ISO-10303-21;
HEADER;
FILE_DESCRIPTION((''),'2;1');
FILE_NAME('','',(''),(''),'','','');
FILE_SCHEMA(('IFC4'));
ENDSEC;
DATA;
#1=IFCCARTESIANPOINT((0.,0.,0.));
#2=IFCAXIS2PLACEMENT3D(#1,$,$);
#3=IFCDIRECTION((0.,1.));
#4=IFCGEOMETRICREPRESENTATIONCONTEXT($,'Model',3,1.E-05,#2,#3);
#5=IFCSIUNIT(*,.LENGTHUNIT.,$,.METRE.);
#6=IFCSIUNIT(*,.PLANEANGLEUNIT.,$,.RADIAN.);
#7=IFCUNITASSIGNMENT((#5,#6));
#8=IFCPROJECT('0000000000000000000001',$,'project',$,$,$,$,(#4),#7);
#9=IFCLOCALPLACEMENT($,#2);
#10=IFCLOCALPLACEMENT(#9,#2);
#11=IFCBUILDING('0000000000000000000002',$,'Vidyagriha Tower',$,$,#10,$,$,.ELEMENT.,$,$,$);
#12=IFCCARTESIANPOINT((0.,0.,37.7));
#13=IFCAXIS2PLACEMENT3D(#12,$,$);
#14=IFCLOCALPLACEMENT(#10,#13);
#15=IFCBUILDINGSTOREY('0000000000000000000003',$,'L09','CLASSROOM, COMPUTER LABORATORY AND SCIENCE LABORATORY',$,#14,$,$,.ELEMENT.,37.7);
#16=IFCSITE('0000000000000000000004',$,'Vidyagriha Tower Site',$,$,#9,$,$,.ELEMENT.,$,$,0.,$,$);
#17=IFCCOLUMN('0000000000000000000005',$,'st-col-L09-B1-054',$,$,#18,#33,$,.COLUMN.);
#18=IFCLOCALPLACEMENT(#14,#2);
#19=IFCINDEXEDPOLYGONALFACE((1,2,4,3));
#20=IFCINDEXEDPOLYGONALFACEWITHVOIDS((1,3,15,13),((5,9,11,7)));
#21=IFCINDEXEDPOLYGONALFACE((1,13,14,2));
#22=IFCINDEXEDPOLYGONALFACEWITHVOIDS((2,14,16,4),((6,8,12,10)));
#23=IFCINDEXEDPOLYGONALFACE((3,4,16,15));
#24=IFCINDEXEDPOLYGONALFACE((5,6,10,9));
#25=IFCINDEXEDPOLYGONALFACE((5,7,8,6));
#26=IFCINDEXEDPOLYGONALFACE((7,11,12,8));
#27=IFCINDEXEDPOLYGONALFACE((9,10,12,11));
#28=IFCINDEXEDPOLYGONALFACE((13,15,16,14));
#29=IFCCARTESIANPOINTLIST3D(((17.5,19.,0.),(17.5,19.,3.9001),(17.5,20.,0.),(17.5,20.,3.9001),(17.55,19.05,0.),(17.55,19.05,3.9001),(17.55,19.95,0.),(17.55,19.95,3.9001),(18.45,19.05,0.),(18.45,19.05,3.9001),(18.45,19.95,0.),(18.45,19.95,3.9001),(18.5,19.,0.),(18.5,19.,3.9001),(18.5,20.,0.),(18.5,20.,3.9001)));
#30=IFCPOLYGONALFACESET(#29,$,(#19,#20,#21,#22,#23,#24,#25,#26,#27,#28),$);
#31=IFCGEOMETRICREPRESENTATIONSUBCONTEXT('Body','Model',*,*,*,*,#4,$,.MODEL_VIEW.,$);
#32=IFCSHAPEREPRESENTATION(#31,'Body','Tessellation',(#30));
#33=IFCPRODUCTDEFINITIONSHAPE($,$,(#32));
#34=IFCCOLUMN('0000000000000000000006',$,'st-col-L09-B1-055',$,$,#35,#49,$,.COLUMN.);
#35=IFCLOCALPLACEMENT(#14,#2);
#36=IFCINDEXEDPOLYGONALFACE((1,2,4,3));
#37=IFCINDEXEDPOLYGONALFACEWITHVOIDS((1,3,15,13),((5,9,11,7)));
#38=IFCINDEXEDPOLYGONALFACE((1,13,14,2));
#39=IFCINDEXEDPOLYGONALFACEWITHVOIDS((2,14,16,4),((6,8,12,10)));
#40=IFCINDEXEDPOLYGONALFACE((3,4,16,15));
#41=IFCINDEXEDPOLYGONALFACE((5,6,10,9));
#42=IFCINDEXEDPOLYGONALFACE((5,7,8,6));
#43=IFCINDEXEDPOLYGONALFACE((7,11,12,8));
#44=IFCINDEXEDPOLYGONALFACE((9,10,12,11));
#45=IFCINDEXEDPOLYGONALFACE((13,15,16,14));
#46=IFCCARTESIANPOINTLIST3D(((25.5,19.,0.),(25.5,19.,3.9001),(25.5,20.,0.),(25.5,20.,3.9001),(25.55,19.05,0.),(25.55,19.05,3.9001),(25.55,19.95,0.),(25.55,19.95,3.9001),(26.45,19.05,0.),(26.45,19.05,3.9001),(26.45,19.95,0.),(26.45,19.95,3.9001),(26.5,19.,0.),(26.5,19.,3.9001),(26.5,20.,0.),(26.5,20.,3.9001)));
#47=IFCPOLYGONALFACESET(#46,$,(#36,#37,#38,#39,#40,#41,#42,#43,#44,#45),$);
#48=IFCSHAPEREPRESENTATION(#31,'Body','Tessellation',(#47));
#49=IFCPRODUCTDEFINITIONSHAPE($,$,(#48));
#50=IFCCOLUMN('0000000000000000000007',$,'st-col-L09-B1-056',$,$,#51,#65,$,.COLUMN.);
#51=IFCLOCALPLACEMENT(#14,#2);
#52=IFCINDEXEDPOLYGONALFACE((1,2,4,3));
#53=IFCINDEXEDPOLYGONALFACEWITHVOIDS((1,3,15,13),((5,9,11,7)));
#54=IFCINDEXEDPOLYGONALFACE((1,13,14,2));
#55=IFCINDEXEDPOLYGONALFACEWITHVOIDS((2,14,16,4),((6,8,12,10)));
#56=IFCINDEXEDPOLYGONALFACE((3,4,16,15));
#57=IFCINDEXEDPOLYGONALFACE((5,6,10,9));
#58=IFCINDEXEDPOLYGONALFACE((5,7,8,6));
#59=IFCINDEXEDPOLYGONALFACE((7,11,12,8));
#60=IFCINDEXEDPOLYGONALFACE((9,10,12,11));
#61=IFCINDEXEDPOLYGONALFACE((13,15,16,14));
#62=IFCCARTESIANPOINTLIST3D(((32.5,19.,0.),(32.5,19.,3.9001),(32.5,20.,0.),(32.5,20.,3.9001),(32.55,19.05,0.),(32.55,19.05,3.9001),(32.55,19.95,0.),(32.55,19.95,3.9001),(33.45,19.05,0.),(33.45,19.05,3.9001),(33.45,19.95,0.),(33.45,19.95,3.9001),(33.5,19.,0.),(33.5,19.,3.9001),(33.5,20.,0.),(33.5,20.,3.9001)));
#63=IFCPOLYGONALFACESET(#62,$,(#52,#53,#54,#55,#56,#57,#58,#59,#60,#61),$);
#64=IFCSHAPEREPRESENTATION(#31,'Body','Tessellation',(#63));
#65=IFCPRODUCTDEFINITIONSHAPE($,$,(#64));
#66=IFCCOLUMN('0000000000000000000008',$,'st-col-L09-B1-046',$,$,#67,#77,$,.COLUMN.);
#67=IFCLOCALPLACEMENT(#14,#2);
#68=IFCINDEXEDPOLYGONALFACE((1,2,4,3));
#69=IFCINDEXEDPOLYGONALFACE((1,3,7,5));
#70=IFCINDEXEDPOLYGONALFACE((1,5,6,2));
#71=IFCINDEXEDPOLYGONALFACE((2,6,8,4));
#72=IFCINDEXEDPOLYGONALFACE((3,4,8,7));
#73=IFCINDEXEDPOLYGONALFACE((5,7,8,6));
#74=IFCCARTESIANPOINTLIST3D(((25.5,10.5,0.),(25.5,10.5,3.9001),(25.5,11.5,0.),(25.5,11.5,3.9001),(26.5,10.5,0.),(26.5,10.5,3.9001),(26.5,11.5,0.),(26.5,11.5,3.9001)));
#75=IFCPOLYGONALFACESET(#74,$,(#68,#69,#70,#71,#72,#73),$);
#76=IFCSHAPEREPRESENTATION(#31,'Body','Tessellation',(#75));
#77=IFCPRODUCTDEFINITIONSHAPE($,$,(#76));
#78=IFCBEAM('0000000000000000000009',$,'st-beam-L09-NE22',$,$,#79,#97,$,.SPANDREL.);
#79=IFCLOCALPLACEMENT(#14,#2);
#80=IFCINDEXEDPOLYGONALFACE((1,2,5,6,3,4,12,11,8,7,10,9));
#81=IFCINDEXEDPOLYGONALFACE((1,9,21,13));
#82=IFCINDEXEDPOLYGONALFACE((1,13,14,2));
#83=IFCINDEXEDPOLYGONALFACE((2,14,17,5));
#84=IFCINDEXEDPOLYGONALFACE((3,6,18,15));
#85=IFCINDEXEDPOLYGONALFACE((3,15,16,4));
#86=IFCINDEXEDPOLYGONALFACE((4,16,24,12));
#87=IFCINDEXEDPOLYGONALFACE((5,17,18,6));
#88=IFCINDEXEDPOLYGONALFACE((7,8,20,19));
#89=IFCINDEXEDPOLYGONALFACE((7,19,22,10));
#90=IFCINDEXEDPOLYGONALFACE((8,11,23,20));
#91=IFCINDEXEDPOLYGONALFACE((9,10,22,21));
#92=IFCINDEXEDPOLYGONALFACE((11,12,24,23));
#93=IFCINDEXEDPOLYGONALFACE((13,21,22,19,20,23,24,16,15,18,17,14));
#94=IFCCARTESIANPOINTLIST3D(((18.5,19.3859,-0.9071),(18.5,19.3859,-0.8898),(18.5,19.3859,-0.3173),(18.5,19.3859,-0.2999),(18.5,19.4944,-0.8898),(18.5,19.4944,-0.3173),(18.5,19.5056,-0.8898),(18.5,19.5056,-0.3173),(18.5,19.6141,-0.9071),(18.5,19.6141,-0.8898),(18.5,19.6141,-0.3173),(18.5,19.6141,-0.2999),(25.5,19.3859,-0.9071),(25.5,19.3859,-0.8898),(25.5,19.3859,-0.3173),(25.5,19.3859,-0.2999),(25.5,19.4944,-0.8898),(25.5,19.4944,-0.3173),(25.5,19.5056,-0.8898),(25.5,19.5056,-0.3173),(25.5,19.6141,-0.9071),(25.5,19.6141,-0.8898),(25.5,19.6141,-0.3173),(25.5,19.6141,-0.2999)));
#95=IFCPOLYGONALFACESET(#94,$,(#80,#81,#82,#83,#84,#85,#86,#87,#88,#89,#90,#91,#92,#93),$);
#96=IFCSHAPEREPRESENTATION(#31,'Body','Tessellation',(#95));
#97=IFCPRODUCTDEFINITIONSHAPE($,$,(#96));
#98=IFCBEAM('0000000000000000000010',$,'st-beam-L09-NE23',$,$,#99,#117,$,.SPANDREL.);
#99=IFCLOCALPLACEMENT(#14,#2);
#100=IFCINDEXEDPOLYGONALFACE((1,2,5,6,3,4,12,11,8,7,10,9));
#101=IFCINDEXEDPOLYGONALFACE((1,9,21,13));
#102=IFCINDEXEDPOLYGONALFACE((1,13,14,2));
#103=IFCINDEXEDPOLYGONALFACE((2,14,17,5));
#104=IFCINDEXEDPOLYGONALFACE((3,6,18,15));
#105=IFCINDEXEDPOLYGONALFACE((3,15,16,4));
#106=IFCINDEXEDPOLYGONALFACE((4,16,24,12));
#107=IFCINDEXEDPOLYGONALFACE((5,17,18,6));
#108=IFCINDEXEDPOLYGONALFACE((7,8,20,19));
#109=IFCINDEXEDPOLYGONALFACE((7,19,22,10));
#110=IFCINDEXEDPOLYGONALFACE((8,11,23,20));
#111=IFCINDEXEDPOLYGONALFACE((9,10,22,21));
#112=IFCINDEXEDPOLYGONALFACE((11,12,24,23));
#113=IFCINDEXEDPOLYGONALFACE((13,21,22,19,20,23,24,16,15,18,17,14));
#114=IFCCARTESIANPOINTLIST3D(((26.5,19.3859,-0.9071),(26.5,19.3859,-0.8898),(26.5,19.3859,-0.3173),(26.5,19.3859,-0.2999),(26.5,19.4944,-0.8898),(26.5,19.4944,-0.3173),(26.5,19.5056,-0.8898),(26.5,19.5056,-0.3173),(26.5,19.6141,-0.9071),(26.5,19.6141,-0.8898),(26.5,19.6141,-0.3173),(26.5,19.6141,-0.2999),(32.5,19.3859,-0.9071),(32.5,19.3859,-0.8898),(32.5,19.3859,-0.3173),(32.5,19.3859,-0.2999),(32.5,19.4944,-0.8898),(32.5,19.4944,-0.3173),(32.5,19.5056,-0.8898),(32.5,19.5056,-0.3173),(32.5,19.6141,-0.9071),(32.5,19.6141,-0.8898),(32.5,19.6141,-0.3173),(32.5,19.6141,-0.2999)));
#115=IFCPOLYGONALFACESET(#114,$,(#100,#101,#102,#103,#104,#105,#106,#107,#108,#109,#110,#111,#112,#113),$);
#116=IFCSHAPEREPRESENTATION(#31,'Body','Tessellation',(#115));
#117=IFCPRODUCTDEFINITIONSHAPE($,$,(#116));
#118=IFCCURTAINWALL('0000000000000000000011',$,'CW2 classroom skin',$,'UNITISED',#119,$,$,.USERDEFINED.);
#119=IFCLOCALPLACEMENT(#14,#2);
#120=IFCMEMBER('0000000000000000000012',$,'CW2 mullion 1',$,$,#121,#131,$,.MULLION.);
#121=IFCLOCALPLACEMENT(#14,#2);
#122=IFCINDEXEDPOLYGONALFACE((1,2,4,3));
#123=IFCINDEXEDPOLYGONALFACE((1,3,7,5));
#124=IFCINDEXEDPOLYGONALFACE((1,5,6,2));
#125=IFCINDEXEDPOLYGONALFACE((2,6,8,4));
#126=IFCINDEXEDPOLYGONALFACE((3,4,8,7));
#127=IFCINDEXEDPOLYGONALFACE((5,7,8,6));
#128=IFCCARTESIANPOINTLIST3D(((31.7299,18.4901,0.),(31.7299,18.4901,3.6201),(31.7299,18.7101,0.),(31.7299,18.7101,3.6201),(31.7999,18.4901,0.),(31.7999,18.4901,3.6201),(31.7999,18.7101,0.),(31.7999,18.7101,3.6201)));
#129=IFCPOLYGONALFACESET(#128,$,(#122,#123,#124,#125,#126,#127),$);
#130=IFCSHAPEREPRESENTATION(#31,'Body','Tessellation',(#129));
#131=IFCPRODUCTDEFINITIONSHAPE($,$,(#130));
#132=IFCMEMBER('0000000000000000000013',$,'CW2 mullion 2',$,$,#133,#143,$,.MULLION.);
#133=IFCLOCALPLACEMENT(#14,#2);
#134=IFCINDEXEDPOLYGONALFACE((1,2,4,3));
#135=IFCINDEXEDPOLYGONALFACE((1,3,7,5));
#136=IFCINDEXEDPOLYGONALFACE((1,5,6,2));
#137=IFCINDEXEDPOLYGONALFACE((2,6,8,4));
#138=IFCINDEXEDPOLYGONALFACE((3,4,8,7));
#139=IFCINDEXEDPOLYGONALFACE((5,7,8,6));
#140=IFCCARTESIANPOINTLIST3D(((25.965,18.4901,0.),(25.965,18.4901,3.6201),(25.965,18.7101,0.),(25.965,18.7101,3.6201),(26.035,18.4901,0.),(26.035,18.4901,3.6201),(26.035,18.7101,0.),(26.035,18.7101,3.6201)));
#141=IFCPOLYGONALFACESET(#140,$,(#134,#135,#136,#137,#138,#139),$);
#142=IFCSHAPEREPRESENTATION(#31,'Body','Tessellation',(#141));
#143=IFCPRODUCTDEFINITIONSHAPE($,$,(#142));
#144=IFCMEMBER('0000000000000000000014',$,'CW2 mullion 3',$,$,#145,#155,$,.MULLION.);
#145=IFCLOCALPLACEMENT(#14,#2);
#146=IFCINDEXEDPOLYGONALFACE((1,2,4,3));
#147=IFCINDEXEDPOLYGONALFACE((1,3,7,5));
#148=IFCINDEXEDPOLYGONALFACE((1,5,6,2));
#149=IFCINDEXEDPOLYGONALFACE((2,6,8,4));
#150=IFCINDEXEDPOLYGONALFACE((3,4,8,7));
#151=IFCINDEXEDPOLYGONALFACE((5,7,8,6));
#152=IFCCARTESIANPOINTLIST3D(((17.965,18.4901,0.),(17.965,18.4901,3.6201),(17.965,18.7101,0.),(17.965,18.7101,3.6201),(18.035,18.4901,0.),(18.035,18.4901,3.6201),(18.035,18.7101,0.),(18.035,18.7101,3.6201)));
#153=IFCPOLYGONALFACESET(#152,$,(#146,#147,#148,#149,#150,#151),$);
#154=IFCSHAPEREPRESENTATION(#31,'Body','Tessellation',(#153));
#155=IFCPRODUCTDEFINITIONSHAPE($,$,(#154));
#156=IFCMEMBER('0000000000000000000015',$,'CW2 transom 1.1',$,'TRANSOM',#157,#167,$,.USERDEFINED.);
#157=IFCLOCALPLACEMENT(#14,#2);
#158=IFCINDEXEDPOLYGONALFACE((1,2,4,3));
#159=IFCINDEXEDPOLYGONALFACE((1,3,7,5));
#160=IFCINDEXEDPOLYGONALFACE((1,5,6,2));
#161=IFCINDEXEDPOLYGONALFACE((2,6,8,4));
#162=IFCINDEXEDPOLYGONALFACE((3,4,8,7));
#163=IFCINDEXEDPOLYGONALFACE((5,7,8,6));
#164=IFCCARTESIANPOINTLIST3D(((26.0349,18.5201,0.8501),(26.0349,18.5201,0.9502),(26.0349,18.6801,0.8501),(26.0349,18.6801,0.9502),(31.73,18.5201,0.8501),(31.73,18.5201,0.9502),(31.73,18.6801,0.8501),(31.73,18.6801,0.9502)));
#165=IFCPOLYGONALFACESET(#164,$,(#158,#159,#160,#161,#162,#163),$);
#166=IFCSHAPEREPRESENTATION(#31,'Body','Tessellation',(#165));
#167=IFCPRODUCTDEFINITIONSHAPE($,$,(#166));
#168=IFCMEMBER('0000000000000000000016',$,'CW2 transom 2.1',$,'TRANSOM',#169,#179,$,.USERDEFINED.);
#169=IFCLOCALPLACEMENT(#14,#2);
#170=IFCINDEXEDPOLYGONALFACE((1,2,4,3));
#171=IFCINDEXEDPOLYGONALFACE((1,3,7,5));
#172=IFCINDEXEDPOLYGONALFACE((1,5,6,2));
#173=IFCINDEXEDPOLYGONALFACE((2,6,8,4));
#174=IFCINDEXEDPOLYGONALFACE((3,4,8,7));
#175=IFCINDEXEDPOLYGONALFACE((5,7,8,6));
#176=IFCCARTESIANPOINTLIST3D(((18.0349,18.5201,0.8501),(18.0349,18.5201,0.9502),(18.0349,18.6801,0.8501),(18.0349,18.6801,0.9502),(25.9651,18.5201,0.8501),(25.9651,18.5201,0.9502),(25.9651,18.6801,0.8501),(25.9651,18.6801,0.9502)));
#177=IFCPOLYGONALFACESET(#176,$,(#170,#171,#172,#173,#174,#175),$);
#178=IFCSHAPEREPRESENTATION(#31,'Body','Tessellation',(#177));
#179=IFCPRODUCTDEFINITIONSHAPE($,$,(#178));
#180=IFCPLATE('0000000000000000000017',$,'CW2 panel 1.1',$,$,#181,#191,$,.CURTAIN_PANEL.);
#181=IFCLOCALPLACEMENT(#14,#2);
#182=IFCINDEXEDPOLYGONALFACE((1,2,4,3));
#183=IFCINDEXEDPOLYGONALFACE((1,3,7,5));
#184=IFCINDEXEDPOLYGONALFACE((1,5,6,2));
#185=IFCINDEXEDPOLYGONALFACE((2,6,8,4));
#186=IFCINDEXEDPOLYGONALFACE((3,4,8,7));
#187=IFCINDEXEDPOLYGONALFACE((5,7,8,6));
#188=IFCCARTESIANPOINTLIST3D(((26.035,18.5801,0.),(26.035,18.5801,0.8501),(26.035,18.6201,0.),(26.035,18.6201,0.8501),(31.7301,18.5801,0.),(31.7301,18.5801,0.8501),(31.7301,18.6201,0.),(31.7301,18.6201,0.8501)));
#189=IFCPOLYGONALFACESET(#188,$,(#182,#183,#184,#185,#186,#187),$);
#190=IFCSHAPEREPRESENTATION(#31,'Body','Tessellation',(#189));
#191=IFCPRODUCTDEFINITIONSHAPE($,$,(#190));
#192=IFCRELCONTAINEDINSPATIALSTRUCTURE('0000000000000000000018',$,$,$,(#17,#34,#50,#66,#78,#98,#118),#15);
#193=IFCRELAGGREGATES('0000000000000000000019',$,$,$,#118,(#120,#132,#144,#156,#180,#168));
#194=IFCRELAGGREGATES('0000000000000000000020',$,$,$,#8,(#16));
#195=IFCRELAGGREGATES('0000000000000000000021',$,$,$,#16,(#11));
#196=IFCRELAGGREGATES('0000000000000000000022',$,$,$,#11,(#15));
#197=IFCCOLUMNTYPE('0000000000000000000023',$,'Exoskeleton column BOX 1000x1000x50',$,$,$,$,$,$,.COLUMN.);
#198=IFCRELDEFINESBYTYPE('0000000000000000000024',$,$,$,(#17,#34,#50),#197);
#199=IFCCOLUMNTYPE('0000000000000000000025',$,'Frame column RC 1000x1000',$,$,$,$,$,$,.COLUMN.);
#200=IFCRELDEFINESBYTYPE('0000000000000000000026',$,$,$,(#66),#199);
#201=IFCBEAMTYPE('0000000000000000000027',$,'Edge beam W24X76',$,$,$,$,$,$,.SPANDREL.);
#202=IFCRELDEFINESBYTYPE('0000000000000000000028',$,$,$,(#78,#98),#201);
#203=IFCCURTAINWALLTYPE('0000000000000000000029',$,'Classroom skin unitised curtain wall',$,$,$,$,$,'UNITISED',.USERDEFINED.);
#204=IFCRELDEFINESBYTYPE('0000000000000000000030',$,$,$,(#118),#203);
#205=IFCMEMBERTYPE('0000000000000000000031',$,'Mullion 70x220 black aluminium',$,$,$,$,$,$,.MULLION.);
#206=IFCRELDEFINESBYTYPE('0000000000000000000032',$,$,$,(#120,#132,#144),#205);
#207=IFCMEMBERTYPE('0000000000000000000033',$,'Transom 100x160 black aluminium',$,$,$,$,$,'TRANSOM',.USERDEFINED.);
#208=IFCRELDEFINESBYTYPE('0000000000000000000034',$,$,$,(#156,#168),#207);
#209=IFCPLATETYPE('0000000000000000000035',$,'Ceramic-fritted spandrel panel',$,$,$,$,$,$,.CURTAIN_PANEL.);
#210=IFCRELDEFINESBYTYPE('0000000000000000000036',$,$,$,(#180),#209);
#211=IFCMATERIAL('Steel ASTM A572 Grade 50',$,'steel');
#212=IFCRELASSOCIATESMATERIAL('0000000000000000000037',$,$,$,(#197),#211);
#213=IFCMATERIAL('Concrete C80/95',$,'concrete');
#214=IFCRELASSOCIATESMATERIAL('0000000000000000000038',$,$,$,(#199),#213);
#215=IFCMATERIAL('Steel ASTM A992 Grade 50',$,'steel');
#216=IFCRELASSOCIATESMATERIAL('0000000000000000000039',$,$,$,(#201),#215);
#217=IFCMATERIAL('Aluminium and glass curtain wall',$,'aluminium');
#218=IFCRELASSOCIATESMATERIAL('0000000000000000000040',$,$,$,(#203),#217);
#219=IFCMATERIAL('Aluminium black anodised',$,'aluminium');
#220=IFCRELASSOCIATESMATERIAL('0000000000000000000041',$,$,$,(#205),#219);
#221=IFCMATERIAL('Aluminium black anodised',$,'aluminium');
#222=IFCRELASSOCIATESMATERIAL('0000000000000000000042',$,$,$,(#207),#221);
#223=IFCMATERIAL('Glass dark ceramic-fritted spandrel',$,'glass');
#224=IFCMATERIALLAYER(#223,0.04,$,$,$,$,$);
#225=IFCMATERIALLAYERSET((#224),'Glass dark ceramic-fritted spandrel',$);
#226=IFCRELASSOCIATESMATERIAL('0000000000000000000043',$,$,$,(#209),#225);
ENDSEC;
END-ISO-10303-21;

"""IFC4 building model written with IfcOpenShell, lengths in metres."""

from ifc_helpers import new_model, si_unit, direction, frame, origin, origin_2d, place, context, subcontext, project, spatial, rectangle, hollow_rectangle, i_section, extrude, material, layer, layer_set, material_profile, profile_set, type_object, element, aggregate, save


model = new_model("IFC4")

# Units and contexts
model_context = context("Model", 3, precision=1e-05, world=origin(), true_north=direction((0.0, 1.0)))
body_context = subcontext(model_context, "Body", "Model", "MODEL_VIEW")
ifc_project = project(units=[si_unit("LENGTHUNIT", "METRE"), si_unit("PLANEANGLEUNIT", "RADIAN")], contexts=[model_context])

# Site, building, storey
site_placement = place(None, origin())
site = spatial("IfcSite", under=ifc_project, at=site_placement, Name="Vidyagriha Tower Site", CompositionType="ELEMENT", RefElevation=0.0)
building_placement = place(site_placement, origin())
building = spatial("IfcBuilding", under=site, at=building_placement, Name="Vidyagriha Tower", CompositionType="ELEMENT")
storey_placement = place(building_placement, frame((0.0, 0.0, 37.7)))
storey = spatial("IfcBuildingStorey", under=building, at=storey_placement, Name="L09", Description="CLASSROOM, COMPUTER LABORATORY AND SCIENCE LABORATORY", CompositionType="ELEMENT", Elevation=37.7)

# Columns
ifc_material_1 = material(Name="Steel ASTM A572 Grade 50", Category="steel")
ifc_material_profile_1 = material_profile(ifc_material_1, hollow_rectangle(XDim=1.0, YDim=1.0, WallThickness=0.05, at=origin_2d()), Name="BOX 1000x1000x50")
ifc_profile_set_1 = profile_set([ifc_material_profile_1], Name="Steel ASTM A572 Grade 50")
column_type_1 = type_object("IfcColumnType", Name="Exoskeleton column BOX 1000x1000x50", PredefinedType="COLUMN", material=ifc_profile_set_1)
for number, where, name in (
    (1, (18.0, 19.5, 0.0), "st-col-L09-B1-054"),
    (2, (26.0, 19.5, 0.0), "st-col-L09-B1-055"),
    (3, (33.0, 19.5, 0.0), "st-col-L09-B1-056"),
):
    element("IfcColumn", number, at=place(storey_placement, frame(where)), inside=storey, type_object=column_type_1, Name=name, PredefinedType="COLUMN", context=body_context, shape_type="SweptSolid", body=[
        extrude(hollow_rectangle(XDim=1.0, YDim=1.0, WallThickness=0.05, at=origin_2d()), origin(), (0.0, 0.0, 1.0), 3.9001),
    ])
ifc_material_2 = material(Name="Concrete C80/95", Category="concrete")
ifc_material_profile_2 = material_profile(ifc_material_2, rectangle(XDim=1.0, YDim=1.0, at=origin_2d()), Name="RC 1000x1000")
ifc_profile_set_2 = profile_set([ifc_material_profile_2], Name="Concrete C80/95")
column_type_2 = type_object("IfcColumnType", Name="Frame column RC 1000x1000", PredefinedType="COLUMN", material=ifc_profile_set_2)
column_placement = place(storey_placement, frame((26.0, 11.0, 0.0)))
element("IfcColumn", 4, at=column_placement, inside=storey, type_object=column_type_2, Name="st-col-L09-B1-046", PredefinedType="COLUMN", context=body_context, shape_type="SweptSolid", body=[
    extrude(rectangle(XDim=1.0, YDim=1.0, at=origin_2d()), origin(), (0.0, 0.0, 1.0), 3.9001),
])

# Beams
ifc_material_3 = material(Name="Steel ASTM A992 Grade 50", Category="steel")
ifc_material_profile_3 = material_profile(ifc_material_3, i_section(OverallWidth=0.2283, OverallDepth=0.6072, WebThickness=0.0112, FlangeThickness=0.0173, at=origin_2d()), Name="W24X76")
ifc_profile_set_3 = profile_set([ifc_material_profile_3], Name="Steel ASTM A992 Grade 50")
beam_type = type_object("IfcBeamType", Name="Edge beam W24X76", PredefinedType="SPANDREL", material=ifc_profile_set_3)
beam_1_placement = place(storey_placement, frame((18.5, 19.5, -0.6035), z_axis=(1.0, 0.0, 0.0), x_axis=(0.0, 1.0, 0.0)))
element("IfcBeam", 5, at=beam_1_placement, inside=storey, type_object=beam_type, Name="st-beam-L09-NE22", PredefinedType="SPANDREL", context=body_context, shape_type="SweptSolid", body=[
    extrude(i_section(OverallWidth=0.2283, OverallDepth=0.6072, WebThickness=0.0112, FlangeThickness=0.0173, at=origin_2d()), origin(), (0.0, 0.0, 1.0), 7.0),
])
beam_2_placement = place(storey_placement, frame((26.5, 19.5, -0.6035), z_axis=(1.0, 0.0, 0.0), x_axis=(0.0, 1.0, 0.0)))
element("IfcBeam", 6, at=beam_2_placement, inside=storey, type_object=beam_type, Name="st-beam-L09-NE23", PredefinedType="SPANDREL", context=body_context, shape_type="SweptSolid", body=[
    extrude(i_section(OverallWidth=0.2283, OverallDepth=0.6072, WebThickness=0.0112, FlangeThickness=0.0173, at=origin_2d()), origin(), (0.0, 0.0, 1.0), 6.0),
])

# Curtain wall, members, plate
ifc_material_4 = material(Name="Aluminium and glass curtain wall", Category="aluminium")
curtain_wall_type = type_object("IfcCurtainWallType", Name="Classroom skin unitised curtain wall", ElementType="UNITISED", PredefinedType="USERDEFINED", material=ifc_material_4)
curtain_wall_placement = place(storey_placement, origin())
curtain_wall = element("IfcCurtainWall", 7, at=curtain_wall_placement, inside=storey, type_object=curtain_wall_type, Name="CW2 classroom skin", ObjectType="UNITISED", PredefinedType="USERDEFINED")
ifc_material_5 = material(Name="Aluminium black anodised", Category="aluminium")
ifc_material_profile_4 = material_profile(ifc_material_5, rectangle(XDim=0.22, YDim=0.0701, at=origin_2d()), Name="Mullion 70x220 black aluminium")
ifc_profile_set_4 = profile_set([ifc_material_profile_4], Name="Aluminium black anodised")
member_type_1 = type_object("IfcMemberType", Name="Mullion 70x220 black aluminium", PredefinedType="MULLION", material=ifc_profile_set_4)
member_1_placement = place(storey_placement, frame((31.7649, 18.6001, 0.0), z_axis=(0.0, 0.0, 1.0), x_axis=(0.0, -1.0, 0.0)))
member_1 = element("IfcMember", 8, at=member_1_placement, type_object=member_type_1, Name="CW2 mullion 1", PredefinedType="MULLION", context=body_context, shape_type="SweptSolid", body=[
    extrude(rectangle(XDim=0.22, YDim=0.0701, at=origin_2d()), origin(), (0.0, 0.0, 1.0), 3.6201),
])
member_2_placement = place(storey_placement, frame((26.0, 18.6001, 0.0), z_axis=(0.0, 0.0, 1.0), x_axis=(0.0, -1.0, 0.0)))
member_2 = element("IfcMember", 9, at=member_2_placement, type_object=member_type_1, Name="CW2 mullion 2", PredefinedType="MULLION", context=body_context, shape_type="SweptSolid", body=[
    extrude(rectangle(XDim=0.22, YDim=0.0701, at=origin_2d()), origin(), (0.0, 0.0, 1.0), 3.6201),
])
member_3_placement = place(storey_placement, frame((18.0, 18.6001, 0.0), z_axis=(0.0, 0.0, 1.0), x_axis=(0.0, -1.0, 0.0)))
member_3 = element("IfcMember", 10, at=member_3_placement, type_object=member_type_1, Name="CW2 mullion 3", PredefinedType="MULLION", context=body_context, shape_type="SweptSolid", body=[
    extrude(rectangle(XDim=0.22, YDim=0.0701, at=origin_2d()), origin(), (0.0, 0.0, 1.0), 3.6201),
])
ifc_material_6 = material(Name="Aluminium black anodised", Category="aluminium")
ifc_material_profile_5 = material_profile(ifc_material_6, rectangle(XDim=0.1599, YDim=0.1001, at=origin_2d()), Name="Transom 100x160 black aluminium")
ifc_profile_set_5 = profile_set([ifc_material_profile_5], Name="Aluminium black anodised")
member_type_2 = type_object("IfcMemberType", Name="Transom 100x160 black aluminium", ElementType="TRANSOM", PredefinedType="USERDEFINED", material=ifc_profile_set_5)
member_4_placement = place(storey_placement, frame((31.73, 18.6001, 0.9001), z_axis=(-1.0, 0.0, 0.0), x_axis=(0.0, -1.0, 0.0)))
member_4 = element("IfcMember", 11, at=member_4_placement, type_object=member_type_2, Name="CW2 transom 1.1", ObjectType="TRANSOM", PredefinedType="USERDEFINED", context=body_context, shape_type="SweptSolid", body=[
    extrude(rectangle(XDim=0.1599, YDim=0.1001, at=origin_2d()), origin(), (0.0, 0.0, 1.0), 5.6951),
])
member_5_placement = place(storey_placement, frame((25.9651, 18.6001, 0.9001), z_axis=(-1.0, 0.0, 0.0), x_axis=(0.0, -1.0, 0.0)))
member_5 = element("IfcMember", 12, at=member_5_placement, type_object=member_type_2, Name="CW2 transom 2.1", ObjectType="TRANSOM", PredefinedType="USERDEFINED", context=body_context, shape_type="SweptSolid", body=[
    extrude(rectangle(XDim=0.1599, YDim=0.1001, at=origin_2d()), origin(), (0.0, 0.0, 1.0), 7.9302),
])
ifc_material_7 = material(Name="Glass dark ceramic-fritted spandrel", Category="glass")
ifc_layer_1 = layer(ifc_material_7, 0.04)
ifc_layer_set_1 = layer_set([ifc_layer_1], Name="Glass dark ceramic-fritted spandrel")
plate_type_1 = type_object("IfcPlateType", Name="Ceramic-fritted spandrel panel", PredefinedType="CURTAIN_PANEL", material=ifc_layer_set_1)
plate_1_placement = place(storey_placement, frame((28.8826, 18.6001, 0.0), z_axis=(0.0, 0.0, 1.0), x_axis=(-1.0, 0.0, 0.0)))
plate_1 = element("IfcPlate", 13, at=plate_1_placement, type_object=plate_type_1, Name="CW2 panel 1.1", PredefinedType="CURTAIN_PANEL", context=body_context, shape_type="SweptSolid", body=[
    extrude(rectangle(XDim=5.6951, YDim=0.04, at=origin_2d()), origin(), (0.0, 0.0, 1.0), 0.8501),
])
aggregate(curtain_wall, [member_1, member_2, member_3, member_4, plate_1, member_5])

save(model, "model.ifc")
